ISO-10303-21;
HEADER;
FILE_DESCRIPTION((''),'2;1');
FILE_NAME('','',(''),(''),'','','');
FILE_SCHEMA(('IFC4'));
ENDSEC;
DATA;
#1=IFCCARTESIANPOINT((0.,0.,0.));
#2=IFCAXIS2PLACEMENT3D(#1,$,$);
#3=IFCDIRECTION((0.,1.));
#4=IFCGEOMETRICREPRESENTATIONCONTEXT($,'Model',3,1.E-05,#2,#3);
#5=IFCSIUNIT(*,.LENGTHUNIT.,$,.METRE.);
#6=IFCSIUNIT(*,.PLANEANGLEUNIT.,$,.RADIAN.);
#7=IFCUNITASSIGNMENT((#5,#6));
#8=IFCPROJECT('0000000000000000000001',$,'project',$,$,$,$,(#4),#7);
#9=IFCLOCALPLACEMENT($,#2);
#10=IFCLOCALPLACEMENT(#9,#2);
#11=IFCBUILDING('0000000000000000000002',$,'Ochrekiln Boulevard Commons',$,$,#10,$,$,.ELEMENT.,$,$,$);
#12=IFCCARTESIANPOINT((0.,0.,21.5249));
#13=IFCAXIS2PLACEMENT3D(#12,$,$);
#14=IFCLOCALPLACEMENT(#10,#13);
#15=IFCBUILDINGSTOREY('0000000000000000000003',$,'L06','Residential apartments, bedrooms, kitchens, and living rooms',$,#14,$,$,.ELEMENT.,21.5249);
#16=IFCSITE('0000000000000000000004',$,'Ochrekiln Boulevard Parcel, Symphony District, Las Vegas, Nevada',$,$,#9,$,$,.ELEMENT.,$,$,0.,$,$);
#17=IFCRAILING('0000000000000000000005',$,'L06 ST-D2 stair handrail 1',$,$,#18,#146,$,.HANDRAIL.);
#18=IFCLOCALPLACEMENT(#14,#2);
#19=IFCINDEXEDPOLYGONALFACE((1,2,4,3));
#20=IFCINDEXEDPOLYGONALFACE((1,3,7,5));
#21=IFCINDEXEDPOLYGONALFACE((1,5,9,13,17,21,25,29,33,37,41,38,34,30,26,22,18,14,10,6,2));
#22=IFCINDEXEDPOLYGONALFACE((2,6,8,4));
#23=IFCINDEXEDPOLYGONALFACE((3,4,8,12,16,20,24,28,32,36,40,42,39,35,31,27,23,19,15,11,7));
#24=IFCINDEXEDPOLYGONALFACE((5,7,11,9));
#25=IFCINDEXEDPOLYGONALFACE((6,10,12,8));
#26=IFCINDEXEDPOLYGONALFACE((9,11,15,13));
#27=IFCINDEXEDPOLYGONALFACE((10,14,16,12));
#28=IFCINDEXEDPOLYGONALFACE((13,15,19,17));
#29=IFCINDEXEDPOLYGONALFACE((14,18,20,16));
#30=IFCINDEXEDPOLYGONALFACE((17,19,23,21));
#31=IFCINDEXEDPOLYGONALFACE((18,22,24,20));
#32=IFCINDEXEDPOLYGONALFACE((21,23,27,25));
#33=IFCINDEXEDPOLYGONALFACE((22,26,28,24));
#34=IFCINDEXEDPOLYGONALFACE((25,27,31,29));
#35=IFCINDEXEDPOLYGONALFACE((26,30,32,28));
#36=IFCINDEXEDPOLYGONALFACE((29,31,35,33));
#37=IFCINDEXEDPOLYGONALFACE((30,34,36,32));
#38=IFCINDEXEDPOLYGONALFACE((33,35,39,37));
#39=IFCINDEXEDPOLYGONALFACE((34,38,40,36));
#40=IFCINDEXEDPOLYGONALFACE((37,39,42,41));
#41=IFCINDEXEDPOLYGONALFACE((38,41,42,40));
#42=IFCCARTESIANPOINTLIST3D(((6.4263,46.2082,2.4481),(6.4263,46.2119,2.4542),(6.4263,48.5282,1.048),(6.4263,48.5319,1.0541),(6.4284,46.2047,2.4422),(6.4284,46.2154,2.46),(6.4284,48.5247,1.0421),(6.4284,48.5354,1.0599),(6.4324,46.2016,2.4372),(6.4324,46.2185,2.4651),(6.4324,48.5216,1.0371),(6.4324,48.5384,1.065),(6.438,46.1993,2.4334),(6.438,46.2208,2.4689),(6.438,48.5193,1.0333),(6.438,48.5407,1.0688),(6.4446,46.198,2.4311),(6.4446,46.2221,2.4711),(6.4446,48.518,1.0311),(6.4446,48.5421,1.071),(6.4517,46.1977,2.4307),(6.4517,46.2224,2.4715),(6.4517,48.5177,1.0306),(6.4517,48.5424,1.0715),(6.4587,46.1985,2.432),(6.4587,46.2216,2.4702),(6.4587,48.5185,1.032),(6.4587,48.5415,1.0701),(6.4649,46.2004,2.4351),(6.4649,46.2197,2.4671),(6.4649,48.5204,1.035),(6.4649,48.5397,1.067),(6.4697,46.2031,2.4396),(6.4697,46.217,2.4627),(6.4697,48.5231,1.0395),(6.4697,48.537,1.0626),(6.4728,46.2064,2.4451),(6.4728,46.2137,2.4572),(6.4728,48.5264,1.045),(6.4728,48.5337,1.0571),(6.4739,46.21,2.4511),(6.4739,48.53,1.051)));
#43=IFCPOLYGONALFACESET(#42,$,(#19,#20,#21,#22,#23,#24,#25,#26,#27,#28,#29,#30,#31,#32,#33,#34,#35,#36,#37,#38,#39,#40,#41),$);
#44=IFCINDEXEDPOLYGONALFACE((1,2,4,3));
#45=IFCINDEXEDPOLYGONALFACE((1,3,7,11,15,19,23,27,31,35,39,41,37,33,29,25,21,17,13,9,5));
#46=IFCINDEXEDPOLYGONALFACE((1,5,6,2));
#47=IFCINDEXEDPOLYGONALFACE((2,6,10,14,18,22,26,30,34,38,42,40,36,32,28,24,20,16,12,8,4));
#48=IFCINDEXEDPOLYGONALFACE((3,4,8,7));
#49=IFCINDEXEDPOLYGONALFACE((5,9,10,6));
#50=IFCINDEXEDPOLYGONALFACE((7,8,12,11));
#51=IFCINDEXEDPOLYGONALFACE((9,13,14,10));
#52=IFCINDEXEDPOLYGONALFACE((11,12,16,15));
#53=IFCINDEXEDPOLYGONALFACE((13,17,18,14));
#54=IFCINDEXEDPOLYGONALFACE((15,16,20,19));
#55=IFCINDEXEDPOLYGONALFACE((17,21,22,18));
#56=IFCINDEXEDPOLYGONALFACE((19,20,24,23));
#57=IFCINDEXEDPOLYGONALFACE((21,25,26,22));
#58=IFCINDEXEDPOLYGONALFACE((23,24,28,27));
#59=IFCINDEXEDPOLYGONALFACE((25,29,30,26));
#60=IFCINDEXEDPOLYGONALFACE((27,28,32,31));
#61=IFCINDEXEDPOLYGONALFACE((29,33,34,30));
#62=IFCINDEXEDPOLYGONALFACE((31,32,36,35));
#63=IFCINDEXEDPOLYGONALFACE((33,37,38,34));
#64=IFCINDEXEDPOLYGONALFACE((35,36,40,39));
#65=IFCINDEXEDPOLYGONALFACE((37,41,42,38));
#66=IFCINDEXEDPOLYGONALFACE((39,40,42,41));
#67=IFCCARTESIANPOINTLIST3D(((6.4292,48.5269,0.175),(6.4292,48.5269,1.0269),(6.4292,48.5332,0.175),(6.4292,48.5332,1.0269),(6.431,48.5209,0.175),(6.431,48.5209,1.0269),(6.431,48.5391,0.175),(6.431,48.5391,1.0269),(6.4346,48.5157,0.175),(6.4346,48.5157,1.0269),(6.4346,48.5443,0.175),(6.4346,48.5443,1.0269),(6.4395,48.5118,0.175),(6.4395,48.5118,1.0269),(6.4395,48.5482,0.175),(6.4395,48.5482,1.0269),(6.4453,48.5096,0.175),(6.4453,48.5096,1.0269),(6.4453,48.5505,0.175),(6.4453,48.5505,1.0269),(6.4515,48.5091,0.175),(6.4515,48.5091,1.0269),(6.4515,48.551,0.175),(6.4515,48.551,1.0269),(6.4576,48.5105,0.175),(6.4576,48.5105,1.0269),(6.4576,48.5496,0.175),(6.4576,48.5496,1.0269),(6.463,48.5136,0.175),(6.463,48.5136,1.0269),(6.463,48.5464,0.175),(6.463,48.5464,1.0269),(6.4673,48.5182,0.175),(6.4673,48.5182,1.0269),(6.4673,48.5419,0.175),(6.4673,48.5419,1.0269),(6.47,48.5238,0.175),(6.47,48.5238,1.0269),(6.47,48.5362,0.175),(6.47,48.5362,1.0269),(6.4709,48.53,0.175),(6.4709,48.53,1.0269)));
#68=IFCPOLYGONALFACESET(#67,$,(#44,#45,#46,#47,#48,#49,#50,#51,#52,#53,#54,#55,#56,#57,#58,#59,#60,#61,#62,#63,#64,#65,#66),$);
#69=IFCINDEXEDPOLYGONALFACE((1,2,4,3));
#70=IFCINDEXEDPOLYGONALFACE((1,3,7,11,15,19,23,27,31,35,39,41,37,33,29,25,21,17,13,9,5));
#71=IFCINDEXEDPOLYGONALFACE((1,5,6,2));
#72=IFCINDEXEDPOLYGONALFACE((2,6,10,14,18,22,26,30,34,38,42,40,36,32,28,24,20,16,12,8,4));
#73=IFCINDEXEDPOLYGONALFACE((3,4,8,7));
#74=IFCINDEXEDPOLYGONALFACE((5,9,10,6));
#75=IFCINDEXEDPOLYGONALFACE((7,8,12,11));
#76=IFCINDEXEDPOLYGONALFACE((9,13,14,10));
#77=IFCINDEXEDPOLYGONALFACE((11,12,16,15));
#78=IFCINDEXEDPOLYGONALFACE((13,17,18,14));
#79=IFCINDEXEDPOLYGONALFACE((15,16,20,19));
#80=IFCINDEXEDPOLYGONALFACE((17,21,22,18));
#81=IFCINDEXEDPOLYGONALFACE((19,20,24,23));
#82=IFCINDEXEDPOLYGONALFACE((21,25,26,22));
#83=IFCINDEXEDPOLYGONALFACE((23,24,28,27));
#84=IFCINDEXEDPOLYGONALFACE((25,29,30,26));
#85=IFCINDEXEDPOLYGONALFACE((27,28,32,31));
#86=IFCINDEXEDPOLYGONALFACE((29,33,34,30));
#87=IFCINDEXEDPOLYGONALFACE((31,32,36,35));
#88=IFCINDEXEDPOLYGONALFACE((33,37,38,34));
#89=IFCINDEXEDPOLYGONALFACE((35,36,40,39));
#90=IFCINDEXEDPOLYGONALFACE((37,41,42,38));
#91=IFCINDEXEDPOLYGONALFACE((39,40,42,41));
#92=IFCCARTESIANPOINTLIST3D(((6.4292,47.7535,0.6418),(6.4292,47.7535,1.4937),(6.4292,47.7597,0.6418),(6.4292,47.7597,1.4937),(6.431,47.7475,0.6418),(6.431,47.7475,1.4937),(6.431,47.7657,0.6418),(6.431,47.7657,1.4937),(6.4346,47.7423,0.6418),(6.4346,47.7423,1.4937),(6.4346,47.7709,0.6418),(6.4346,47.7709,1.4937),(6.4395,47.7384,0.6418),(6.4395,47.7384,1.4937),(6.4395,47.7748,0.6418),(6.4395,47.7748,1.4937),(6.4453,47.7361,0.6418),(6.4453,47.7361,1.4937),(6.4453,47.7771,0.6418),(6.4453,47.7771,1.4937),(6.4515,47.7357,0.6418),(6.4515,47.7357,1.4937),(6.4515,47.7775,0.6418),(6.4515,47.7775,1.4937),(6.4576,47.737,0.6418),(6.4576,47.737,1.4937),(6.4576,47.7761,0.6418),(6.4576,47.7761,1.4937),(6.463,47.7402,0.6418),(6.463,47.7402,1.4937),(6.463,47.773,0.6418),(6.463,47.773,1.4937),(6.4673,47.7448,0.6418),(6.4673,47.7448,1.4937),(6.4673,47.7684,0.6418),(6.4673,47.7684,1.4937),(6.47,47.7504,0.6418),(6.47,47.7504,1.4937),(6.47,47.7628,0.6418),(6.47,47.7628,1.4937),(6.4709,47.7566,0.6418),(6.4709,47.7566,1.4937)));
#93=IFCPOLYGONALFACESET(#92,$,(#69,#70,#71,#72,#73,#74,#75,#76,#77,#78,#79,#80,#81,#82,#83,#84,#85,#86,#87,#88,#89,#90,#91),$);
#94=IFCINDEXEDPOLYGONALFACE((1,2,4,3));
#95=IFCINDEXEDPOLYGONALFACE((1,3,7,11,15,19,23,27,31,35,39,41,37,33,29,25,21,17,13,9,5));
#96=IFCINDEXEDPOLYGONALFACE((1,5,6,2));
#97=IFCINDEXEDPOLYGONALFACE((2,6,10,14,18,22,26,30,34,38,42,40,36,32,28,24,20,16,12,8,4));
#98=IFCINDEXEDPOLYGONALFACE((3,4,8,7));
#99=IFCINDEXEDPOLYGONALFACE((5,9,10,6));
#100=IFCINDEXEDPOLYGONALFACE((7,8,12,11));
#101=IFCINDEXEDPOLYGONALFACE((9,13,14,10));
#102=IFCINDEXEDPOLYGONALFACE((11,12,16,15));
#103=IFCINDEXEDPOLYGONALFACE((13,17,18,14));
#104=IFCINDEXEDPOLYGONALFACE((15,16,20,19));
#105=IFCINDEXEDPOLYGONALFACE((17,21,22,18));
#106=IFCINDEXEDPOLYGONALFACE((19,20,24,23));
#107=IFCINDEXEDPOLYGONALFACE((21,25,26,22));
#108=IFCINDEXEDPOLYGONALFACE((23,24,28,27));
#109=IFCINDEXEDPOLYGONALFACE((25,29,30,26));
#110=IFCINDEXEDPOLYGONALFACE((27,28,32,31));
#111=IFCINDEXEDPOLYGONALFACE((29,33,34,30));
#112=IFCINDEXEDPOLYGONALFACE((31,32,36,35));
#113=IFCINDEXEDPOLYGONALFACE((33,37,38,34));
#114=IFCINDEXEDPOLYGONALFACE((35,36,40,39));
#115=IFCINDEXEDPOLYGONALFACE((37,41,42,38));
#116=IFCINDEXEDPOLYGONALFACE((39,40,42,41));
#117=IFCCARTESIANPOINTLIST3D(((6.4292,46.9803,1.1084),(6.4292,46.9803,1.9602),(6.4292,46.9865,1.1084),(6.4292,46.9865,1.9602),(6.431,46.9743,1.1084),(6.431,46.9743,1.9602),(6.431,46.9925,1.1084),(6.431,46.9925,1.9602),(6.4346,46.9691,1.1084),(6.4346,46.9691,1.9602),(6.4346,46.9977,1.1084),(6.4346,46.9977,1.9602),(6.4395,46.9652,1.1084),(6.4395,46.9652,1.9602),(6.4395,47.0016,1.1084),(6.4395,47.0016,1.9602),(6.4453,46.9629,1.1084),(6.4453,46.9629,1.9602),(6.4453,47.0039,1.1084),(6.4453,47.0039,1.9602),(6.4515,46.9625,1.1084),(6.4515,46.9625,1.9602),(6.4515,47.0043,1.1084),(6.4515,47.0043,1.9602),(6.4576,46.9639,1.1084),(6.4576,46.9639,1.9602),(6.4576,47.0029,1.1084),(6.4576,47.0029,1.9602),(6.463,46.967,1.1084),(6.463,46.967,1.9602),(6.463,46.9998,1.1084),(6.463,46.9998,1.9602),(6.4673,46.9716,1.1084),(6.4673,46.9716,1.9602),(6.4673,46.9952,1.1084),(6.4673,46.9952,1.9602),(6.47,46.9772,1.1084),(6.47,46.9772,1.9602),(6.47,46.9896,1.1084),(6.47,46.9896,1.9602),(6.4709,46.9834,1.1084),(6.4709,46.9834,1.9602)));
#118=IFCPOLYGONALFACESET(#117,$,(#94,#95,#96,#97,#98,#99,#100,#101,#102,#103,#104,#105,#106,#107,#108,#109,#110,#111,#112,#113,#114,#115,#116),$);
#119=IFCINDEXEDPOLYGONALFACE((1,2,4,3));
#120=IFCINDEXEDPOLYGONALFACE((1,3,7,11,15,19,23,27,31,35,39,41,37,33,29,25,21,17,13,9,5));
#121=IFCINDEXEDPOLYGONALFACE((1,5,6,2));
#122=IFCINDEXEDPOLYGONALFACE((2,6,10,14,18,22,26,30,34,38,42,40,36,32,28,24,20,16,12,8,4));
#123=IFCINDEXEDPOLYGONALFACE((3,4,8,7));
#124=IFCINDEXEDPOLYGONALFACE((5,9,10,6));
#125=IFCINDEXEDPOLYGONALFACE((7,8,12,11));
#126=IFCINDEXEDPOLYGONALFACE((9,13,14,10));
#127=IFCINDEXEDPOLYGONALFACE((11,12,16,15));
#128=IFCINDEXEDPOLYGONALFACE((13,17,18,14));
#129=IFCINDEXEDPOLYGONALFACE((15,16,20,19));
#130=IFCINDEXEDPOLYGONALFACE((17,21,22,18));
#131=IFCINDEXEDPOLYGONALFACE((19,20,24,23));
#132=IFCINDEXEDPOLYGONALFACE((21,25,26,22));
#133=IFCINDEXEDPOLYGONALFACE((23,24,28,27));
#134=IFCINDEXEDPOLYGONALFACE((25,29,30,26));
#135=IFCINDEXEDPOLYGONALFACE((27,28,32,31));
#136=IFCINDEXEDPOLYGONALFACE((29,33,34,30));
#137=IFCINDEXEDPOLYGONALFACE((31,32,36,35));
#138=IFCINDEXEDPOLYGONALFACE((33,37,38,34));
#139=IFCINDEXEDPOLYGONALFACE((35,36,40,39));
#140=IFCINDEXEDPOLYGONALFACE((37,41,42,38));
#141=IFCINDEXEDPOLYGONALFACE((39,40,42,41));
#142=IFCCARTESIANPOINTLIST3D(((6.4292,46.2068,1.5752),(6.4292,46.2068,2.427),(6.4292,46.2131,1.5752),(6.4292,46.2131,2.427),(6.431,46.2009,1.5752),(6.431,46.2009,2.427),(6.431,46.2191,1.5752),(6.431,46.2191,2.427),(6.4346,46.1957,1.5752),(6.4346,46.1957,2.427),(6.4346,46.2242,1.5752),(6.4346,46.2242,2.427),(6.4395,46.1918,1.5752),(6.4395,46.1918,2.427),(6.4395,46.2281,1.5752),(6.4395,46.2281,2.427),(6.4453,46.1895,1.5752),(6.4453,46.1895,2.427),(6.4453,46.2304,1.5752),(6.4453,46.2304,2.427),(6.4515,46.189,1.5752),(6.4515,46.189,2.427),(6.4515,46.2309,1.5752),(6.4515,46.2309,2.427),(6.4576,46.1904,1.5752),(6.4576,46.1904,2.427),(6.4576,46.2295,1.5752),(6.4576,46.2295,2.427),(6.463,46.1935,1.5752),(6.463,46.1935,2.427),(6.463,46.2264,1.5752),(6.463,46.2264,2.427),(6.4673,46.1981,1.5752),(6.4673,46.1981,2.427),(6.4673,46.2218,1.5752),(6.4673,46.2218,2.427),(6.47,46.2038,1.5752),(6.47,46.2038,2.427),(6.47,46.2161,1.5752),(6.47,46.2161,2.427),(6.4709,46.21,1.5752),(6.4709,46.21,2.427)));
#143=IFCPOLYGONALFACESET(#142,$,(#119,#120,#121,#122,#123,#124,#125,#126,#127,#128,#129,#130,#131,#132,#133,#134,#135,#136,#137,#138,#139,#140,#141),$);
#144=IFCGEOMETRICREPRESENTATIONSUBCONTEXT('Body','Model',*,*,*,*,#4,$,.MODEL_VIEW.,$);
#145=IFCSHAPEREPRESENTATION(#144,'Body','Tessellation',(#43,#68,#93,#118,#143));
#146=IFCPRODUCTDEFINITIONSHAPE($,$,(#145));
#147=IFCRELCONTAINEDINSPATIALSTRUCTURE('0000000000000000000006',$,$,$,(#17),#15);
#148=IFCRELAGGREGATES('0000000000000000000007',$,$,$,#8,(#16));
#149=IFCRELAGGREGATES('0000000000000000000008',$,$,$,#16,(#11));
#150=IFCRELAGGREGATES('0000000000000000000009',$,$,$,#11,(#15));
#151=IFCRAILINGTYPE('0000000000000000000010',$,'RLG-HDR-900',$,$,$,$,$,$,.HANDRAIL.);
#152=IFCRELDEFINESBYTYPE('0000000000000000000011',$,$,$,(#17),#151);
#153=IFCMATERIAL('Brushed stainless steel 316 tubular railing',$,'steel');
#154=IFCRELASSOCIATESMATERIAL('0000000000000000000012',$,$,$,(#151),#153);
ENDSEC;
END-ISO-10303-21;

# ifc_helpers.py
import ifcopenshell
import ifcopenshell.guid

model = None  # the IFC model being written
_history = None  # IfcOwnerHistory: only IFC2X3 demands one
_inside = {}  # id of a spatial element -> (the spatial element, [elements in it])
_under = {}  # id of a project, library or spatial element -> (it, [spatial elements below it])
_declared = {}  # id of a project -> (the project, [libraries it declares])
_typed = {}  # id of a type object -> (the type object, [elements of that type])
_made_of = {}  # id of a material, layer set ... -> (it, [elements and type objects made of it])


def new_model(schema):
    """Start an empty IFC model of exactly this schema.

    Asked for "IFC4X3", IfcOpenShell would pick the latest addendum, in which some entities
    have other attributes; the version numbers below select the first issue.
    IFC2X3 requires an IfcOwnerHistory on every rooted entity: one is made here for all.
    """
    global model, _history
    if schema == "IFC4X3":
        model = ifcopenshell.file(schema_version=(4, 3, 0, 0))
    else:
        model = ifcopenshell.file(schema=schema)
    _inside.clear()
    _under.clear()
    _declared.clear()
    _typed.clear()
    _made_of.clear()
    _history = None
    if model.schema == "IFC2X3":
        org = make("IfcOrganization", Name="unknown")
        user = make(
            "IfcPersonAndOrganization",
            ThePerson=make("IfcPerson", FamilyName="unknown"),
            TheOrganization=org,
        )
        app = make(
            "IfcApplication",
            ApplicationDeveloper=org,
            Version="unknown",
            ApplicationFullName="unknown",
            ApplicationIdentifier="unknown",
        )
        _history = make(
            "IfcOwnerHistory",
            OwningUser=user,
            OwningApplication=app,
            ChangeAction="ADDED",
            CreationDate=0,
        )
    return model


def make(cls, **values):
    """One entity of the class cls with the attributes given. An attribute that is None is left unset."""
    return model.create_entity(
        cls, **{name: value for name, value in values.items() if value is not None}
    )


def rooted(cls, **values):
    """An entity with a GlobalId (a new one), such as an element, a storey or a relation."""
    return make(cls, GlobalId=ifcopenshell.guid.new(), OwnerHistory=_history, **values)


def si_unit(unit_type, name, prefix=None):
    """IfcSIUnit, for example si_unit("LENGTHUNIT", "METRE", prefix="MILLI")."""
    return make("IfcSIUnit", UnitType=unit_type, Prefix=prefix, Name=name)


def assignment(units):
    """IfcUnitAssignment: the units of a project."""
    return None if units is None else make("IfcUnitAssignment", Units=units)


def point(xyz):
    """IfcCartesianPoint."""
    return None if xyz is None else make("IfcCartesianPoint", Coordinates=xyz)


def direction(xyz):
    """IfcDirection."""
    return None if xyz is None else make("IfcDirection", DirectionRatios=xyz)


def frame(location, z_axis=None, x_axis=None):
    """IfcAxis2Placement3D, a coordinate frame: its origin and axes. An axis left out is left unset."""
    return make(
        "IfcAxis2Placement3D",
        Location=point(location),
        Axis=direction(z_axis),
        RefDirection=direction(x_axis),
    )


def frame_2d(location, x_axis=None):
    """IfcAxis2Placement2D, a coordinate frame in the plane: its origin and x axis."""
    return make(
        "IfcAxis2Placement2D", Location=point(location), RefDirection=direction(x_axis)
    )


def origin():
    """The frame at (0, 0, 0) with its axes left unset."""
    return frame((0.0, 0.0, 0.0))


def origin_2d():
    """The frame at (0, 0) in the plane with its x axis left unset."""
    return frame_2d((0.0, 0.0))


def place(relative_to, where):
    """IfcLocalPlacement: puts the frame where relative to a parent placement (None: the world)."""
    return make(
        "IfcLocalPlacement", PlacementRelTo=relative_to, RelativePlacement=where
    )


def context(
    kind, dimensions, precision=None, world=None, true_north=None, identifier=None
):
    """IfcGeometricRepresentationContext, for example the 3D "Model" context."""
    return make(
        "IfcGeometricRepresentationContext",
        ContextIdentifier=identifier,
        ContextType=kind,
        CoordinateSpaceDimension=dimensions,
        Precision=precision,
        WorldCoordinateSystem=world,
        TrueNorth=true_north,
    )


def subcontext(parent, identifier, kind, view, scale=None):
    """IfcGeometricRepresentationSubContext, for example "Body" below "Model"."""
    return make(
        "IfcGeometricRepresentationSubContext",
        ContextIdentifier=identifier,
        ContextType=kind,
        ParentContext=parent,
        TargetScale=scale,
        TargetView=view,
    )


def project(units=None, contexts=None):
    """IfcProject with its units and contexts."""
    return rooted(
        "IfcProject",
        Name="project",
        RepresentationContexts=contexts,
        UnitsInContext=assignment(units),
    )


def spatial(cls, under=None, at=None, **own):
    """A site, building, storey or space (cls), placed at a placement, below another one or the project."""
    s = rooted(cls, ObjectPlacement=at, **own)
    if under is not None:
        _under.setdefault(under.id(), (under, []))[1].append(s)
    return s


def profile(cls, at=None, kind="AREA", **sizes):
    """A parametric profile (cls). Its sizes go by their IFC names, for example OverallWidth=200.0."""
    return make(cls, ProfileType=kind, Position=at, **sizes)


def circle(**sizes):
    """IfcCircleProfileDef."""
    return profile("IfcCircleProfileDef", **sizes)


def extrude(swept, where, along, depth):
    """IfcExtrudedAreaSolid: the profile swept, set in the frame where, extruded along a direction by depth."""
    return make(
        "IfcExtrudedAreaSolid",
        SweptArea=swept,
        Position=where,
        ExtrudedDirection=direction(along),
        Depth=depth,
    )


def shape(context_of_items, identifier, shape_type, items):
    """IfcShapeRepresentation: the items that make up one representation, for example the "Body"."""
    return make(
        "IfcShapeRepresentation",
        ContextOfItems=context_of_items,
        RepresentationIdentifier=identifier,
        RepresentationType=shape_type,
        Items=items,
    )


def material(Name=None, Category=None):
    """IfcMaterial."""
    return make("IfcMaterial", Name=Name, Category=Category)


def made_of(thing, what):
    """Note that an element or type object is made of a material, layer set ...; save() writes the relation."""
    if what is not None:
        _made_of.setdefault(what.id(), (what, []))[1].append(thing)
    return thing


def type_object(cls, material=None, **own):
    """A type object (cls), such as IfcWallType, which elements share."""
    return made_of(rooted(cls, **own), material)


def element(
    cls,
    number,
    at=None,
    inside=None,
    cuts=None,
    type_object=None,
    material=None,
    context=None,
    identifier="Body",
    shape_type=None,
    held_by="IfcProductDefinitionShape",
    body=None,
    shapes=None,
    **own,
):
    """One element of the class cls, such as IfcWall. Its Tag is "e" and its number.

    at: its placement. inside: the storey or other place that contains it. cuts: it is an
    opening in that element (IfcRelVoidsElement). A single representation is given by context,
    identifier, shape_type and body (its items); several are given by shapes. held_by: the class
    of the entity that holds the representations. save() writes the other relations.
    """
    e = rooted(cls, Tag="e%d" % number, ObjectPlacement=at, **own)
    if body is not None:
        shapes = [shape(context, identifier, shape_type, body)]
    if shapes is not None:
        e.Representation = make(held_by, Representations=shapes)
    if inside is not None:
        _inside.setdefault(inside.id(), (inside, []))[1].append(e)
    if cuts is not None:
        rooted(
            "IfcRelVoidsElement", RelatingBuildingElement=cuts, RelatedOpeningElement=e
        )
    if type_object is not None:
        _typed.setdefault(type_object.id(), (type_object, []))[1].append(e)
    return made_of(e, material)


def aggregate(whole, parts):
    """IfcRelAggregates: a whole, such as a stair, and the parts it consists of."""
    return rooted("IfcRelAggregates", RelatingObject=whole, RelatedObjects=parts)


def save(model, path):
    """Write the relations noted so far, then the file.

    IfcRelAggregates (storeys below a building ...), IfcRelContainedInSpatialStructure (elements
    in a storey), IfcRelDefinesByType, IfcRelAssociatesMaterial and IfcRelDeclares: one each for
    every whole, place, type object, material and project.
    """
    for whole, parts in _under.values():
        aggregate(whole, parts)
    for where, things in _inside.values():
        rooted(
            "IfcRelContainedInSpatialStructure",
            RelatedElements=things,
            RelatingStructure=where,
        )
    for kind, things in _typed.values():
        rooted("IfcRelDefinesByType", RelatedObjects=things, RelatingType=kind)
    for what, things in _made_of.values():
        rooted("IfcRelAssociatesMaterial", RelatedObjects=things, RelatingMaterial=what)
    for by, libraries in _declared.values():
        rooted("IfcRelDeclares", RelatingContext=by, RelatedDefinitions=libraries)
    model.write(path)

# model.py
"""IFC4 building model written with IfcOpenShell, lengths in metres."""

from ifc_helpers import new_model, si_unit, direction, frame, origin, origin_2d, place, context, subcontext, project, spatial, circle, extrude, material, type_object, element, save


model = new_model("IFC4")

# Units and contexts
model_context = context("Model", 3, precision=1e-05, world=origin(), true_north=direction((0.0, 1.0)))
body_context = subcontext(model_context, "Body", "Model", "MODEL_VIEW")
ifc_project = project(units=[si_unit("LENGTHUNIT", "METRE"), si_unit("PLANEANGLEUNIT", "RADIAN")], contexts=[model_context])

# Site, building, storey
site_placement = place(None, origin())
site = spatial("IfcSite", under=ifc_project, at=site_placement, Name="Ochrekiln Boulevard Parcel, Symphony District, Las Vegas, Nevada", CompositionType="ELEMENT", RefElevation=0.0)
building_placement = place(site_placement, origin())
building = spatial("IfcBuilding", under=site, at=building_placement, Name="Ochrekiln Boulevard Commons", CompositionType="ELEMENT")
storey_placement = place(building_placement, frame((0.0, 0.0, 21.5249)))
storey = spatial("IfcBuildingStorey", under=building, at=storey_placement, Name="L06", Description="Residential apartments, bedrooms, kitchens, and living rooms", CompositionType="ELEMENT", Elevation=21.5249)

# Railing
ifc_material_1 = material(Name="Brushed stainless steel 316 tubular railing", Category="steel")
railing_type_1 = type_object("IfcRailingType", Name="RLG-HDR-900", PredefinedType="HANDRAIL", material=ifc_material_1)
railing_1_placement = place(storey_placement, frame((6.45, 48.53, 0.175)))
element("IfcRailing", 1, at=railing_1_placement, inside=storey, type_object=railing_type_1, Name="L06 ST-D2 stair handrail 1", PredefinedType="HANDRAIL", context=body_context, shape_type="SweptSolid", body=[
    extrude(circle(Radius=0.0239, at=origin_2d()), frame((0.0, 0.0, 0.876), z_axis=(0.0, -0.85617, 0.516693), x_axis=(1.0, 0.0, 0.0)), (0.0, 0.0, 1.0), 2.7097),
    extrude(circle(Radius=0.021, at=origin_2d()), origin(), (0.0, 0.0, 1.0), 0.8518),
    extrude(circle(Radius=0.021, at=origin_2d()), frame((0.0, -0.7734, 0.4668)), (0.0, 0.0, 1.0), 0.8518),
    extrude(circle(Radius=0.021, at=origin_2d()), frame((0.0, -1.5466, 0.9333)), (0.0, 0.0, 1.0), 0.8518),
    extrude(circle(Radius=0.021, at=origin_2d()), frame((0.0, -2.3201, 1.4001)), (0.0, 0.0, 1.0), 0.8518),
])

save(model, "model.ifc")
